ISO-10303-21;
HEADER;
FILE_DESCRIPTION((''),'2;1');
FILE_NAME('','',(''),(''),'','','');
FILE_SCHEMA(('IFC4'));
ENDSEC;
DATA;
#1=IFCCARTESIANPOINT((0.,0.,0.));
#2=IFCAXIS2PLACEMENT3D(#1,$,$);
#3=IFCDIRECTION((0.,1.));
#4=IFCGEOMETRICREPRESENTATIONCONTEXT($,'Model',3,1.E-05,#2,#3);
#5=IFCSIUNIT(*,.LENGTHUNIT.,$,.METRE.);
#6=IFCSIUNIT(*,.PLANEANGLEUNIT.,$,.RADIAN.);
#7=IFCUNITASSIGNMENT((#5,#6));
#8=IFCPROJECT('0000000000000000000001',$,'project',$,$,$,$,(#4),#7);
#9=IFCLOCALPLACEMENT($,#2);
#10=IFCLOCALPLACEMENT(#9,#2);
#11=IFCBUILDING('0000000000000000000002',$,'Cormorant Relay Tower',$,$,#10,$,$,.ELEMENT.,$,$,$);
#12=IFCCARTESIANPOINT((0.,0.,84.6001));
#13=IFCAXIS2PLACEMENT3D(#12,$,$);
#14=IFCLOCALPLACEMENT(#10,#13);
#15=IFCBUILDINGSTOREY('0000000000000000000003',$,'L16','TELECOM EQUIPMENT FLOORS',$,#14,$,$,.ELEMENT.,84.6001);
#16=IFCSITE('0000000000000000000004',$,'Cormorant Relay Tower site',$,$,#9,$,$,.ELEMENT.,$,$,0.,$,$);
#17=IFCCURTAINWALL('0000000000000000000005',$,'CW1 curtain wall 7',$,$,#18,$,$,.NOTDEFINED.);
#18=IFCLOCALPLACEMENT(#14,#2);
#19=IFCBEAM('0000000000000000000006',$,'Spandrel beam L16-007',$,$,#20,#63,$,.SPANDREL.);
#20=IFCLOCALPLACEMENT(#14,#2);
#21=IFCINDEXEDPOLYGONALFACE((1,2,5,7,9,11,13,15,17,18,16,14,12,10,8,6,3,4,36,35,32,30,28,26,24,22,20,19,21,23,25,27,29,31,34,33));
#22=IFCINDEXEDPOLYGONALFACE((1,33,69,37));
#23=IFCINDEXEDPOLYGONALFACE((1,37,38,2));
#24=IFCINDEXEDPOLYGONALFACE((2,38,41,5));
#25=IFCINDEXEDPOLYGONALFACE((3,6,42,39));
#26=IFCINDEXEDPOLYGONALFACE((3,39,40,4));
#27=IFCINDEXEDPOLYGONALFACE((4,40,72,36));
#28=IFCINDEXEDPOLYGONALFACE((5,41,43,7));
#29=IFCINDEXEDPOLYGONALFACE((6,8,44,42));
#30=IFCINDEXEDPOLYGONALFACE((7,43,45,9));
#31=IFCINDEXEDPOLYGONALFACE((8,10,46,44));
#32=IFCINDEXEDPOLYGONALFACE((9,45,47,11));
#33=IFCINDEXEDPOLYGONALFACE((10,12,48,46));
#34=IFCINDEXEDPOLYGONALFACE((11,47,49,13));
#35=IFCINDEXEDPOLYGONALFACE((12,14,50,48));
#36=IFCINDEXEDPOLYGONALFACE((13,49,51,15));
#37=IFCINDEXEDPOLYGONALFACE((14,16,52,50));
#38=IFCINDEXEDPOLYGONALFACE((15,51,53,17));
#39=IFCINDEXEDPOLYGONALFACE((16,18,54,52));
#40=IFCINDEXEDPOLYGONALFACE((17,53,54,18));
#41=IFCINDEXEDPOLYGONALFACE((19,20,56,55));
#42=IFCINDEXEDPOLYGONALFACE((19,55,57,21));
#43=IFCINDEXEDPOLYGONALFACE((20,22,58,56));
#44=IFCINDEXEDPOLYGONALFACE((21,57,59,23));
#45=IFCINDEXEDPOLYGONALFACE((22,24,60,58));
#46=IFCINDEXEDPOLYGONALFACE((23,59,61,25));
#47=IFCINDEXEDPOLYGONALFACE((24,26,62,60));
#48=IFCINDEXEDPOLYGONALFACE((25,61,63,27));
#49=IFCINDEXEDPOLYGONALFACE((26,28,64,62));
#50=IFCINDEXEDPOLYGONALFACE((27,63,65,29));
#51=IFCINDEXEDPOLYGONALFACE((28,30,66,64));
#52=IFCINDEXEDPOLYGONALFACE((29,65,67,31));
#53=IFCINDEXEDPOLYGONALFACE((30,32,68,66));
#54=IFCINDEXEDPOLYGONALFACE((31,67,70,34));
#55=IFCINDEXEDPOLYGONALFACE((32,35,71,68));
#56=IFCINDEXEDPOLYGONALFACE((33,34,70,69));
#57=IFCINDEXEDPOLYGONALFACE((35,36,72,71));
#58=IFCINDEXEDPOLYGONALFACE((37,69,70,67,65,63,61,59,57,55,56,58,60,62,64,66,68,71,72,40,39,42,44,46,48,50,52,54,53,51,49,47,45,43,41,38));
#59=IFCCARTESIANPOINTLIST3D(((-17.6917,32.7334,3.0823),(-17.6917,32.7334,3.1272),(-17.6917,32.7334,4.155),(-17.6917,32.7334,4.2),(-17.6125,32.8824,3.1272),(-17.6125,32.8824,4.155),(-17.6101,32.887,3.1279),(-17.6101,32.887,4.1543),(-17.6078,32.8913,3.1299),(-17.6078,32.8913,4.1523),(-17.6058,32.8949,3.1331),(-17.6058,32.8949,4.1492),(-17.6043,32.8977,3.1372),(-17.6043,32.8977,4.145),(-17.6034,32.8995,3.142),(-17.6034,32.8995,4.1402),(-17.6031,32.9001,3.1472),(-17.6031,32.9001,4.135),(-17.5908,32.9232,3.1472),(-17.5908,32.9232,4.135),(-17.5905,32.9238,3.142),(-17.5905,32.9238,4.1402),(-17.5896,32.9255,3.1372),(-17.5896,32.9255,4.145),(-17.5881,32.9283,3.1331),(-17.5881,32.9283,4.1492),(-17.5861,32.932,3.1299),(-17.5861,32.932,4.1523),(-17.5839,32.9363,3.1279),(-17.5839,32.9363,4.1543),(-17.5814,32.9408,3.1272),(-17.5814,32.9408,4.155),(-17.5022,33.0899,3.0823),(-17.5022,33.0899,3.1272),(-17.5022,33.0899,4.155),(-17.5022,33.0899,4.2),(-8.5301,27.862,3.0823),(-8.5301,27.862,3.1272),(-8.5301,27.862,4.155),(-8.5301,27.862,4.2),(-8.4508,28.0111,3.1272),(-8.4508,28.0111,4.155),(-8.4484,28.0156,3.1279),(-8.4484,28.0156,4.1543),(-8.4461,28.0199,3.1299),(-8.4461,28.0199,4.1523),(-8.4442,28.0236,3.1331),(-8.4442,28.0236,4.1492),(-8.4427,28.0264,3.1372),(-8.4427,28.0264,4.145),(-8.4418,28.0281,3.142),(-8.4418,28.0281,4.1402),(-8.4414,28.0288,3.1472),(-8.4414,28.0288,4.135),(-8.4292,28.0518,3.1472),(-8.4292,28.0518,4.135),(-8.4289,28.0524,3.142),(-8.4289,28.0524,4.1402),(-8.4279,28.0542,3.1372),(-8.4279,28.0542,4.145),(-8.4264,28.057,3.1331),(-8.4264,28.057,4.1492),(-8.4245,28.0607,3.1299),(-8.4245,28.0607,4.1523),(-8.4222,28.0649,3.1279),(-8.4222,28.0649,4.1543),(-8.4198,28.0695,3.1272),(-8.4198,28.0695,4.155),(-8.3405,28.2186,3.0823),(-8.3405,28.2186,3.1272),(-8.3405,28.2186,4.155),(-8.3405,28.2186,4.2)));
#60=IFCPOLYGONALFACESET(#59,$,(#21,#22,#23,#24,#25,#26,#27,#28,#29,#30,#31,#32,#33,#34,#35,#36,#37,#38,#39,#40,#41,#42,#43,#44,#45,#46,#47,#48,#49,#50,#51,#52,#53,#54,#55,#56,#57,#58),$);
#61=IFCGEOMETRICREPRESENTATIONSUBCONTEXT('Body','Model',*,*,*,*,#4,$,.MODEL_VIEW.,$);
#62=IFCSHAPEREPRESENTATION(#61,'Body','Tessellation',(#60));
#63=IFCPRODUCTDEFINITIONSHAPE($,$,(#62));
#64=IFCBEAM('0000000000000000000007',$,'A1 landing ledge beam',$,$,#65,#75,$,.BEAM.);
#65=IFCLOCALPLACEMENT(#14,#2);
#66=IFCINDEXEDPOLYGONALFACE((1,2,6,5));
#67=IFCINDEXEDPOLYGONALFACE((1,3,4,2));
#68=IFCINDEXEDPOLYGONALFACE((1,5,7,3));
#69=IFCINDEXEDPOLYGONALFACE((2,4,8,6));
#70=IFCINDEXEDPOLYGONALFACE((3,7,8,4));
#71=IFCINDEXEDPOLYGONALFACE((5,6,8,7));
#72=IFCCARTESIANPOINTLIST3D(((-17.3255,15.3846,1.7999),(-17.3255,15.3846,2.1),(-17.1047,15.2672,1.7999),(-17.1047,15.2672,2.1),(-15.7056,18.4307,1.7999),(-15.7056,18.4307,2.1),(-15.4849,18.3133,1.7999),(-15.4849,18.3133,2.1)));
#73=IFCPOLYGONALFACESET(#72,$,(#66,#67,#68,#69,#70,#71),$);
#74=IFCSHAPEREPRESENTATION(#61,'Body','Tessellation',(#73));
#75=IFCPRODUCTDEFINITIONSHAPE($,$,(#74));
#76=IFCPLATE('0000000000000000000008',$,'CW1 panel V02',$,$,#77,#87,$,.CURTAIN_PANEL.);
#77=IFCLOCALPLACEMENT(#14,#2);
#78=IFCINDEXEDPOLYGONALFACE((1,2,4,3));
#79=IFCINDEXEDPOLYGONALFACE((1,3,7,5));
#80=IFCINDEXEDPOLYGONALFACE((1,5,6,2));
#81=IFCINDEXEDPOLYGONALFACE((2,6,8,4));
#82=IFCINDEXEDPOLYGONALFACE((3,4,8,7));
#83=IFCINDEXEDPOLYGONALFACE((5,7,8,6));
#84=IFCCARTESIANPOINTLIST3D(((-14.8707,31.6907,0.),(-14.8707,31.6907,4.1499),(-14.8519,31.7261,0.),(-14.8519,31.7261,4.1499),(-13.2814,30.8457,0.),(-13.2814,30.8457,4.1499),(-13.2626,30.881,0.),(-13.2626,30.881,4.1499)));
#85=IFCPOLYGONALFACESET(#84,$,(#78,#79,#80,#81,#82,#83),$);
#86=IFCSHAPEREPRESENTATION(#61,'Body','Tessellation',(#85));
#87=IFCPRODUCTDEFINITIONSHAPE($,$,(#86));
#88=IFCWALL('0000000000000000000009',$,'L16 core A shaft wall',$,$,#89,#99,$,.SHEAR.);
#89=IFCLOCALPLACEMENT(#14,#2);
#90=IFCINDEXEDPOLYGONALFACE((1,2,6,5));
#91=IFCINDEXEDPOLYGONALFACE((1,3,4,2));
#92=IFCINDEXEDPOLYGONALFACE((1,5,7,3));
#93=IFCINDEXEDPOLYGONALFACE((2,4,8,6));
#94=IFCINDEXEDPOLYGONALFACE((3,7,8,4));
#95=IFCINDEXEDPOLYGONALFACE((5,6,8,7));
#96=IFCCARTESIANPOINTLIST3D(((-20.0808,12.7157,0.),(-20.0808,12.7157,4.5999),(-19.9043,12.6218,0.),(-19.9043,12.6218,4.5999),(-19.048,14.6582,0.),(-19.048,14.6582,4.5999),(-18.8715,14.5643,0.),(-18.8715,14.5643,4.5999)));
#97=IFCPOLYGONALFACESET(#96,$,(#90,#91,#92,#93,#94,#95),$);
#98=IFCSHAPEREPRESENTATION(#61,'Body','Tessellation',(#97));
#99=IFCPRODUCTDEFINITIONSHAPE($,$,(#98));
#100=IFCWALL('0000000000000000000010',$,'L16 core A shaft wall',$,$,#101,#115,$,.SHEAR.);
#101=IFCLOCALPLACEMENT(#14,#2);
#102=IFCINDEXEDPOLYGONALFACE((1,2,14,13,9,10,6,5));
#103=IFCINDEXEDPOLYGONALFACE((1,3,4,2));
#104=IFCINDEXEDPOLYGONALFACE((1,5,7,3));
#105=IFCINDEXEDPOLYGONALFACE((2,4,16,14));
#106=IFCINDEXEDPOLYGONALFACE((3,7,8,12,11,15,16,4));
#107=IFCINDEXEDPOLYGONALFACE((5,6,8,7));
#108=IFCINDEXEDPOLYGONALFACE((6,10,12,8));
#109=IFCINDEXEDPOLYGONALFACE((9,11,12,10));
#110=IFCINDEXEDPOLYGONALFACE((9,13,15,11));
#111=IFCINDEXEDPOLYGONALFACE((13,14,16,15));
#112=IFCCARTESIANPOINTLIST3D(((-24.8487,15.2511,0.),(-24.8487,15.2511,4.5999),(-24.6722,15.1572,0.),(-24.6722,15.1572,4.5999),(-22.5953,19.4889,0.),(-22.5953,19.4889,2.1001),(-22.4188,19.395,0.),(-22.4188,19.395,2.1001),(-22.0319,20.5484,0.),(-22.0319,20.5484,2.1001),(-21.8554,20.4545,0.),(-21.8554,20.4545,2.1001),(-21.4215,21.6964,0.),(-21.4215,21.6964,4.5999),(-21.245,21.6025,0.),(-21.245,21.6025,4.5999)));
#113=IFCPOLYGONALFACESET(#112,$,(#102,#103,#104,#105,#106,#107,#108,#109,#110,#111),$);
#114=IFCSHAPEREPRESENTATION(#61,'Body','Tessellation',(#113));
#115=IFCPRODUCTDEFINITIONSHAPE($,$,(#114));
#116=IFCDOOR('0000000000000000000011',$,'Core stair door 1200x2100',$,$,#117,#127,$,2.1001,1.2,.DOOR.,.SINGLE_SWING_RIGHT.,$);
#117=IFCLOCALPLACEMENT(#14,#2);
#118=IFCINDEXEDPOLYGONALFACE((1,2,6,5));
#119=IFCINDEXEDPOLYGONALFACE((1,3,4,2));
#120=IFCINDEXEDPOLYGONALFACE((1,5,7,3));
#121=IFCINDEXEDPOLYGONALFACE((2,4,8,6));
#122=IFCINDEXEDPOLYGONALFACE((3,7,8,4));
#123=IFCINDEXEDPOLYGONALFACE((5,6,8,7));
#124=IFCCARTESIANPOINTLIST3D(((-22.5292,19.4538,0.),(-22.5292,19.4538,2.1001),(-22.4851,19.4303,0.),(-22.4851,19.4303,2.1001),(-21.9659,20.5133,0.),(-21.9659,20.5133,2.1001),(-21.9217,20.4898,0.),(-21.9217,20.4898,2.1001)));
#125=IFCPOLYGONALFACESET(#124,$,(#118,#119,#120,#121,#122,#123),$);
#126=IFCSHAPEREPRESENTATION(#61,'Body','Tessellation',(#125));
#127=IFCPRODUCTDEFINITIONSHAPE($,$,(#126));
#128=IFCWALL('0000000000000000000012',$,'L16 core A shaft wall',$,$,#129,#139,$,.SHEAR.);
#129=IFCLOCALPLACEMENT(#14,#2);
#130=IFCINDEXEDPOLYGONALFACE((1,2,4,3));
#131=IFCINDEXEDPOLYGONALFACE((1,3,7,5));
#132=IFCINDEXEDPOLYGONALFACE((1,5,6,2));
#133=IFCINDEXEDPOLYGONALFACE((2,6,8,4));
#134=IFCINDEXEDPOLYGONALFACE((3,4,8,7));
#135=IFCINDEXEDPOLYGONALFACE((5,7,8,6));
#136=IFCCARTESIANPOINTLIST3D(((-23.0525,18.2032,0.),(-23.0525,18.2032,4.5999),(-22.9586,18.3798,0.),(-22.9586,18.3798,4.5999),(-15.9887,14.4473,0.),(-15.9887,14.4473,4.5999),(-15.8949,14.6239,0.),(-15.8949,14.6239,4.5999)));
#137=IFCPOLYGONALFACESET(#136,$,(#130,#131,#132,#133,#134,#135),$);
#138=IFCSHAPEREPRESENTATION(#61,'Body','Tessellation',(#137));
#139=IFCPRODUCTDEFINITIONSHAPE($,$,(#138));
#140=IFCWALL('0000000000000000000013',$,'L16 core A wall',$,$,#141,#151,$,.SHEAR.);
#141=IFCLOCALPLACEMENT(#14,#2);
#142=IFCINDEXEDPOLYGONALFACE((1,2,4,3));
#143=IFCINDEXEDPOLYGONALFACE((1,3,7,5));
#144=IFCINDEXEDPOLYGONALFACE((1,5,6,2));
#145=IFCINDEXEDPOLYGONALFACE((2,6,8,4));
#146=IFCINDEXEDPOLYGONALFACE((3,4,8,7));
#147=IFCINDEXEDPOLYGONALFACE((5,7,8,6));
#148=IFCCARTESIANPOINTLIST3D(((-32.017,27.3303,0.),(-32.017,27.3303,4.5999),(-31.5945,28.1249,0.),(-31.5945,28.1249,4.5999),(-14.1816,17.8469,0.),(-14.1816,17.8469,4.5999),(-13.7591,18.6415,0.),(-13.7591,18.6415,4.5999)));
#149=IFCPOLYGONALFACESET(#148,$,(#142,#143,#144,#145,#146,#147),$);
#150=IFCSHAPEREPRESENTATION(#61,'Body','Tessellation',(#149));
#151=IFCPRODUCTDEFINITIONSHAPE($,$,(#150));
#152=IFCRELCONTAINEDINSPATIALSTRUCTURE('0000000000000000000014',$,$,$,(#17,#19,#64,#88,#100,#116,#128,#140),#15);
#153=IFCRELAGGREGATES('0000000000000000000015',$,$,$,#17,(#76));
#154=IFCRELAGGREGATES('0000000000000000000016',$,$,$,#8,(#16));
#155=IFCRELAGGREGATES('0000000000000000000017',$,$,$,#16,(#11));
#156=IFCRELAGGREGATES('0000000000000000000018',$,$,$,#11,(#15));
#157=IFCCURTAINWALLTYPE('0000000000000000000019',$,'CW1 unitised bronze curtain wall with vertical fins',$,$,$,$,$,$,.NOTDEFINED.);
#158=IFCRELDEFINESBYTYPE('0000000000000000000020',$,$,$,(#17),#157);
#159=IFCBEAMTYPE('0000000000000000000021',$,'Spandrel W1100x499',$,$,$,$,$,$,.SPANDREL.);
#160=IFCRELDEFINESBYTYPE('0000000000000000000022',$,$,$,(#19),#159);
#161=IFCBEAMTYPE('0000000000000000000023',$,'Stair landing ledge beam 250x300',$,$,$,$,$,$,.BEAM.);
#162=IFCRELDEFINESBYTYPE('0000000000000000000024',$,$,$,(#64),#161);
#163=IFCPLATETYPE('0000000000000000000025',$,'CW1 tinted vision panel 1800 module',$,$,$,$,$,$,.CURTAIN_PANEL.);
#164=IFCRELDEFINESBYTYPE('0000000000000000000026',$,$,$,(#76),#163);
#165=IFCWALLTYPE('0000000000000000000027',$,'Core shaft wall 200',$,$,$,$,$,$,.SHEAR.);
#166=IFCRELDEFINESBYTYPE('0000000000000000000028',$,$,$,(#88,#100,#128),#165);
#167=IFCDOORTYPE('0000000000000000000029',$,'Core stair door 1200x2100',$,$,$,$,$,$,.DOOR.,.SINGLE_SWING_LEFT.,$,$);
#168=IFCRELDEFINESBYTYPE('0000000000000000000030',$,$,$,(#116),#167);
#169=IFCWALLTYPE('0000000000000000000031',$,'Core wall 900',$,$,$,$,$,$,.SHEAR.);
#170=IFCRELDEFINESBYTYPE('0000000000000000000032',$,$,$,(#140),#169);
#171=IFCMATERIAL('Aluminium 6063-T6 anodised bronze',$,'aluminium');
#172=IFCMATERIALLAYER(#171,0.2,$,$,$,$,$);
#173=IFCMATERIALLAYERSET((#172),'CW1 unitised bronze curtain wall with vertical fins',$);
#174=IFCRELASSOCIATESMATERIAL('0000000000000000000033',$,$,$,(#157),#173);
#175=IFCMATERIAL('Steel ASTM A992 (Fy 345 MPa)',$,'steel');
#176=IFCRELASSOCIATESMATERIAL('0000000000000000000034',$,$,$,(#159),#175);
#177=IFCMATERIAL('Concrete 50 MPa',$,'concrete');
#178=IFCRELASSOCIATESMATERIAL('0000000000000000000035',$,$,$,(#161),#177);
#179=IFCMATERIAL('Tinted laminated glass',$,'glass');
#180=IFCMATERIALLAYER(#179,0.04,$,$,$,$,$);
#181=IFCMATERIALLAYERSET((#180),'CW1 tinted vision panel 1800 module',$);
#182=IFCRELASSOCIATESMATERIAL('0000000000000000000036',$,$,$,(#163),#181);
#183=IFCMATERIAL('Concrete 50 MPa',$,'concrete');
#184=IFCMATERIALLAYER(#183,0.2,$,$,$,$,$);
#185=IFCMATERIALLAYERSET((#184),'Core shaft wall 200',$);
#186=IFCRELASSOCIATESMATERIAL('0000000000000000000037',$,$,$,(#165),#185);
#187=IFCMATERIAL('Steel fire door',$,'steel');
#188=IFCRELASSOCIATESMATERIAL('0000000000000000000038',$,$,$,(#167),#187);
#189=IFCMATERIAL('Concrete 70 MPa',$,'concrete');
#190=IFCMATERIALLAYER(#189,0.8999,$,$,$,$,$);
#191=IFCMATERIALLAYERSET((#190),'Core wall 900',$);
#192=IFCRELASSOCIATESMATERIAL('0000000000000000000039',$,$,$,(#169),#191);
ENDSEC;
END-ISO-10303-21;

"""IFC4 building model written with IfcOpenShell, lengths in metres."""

from ifc_helpers import new_model, si_unit, direction, frame, frame_2d, origin, origin_2d, place, context, subcontext, project, spatial, rectangle, i_section, extrude, material, layer, layer_set, material_profile, profile_set, type_object, element, fill, aggregate, save


model = new_model("IFC4")

# Units and contexts
model_context = context("Model", 3, precision=1e-05, world=origin(), true_north=direction((0.0, 1.0)))
body_context = subcontext(model_context, "Body", "Model", "MODEL_VIEW")
ifc_project = project(units=[si_unit("LENGTHUNIT", "METRE"), si_unit("PLANEANGLEUNIT", "RADIAN")], contexts=[model_context])

# Site, building, storey
site_placement = place(None, origin())
site = spatial("IfcSite", under=ifc_project, at=site_placement, Name="Cormorant Relay Tower site", CompositionType="ELEMENT", RefElevation=0.0)
building_placement = place(site_placement, origin())
building = spatial("IfcBuilding", under=site, at=building_placement, Name="Cormorant Relay Tower", CompositionType="ELEMENT")
storey_placement = place(building_placement, frame((0.0, 0.0, 84.6001)))
storey = spatial("IfcBuildingStorey", under=building, at=storey_placement, Name="L16", Description="TELECOM EQUIPMENT FLOORS", CompositionType="ELEMENT", Elevation=84.6001)

# Curtain wall
ifc_material_1 = material(Name="Aluminium 6063-T6 anodised bronze", Category="aluminium")
ifc_layer_1 = layer(ifc_material_1, 0.2)
ifc_layer_set_1 = layer_set([ifc_layer_1], Name="CW1 unitised bronze curtain wall with vertical fins")
curtain_wall_type = type_object("IfcCurtainWallType", Name="CW1 unitised bronze curtain wall with vertical fins", PredefinedType="NOTDEFINED", material=ifc_layer_set_1)
curtain_wall_placement = place(storey_placement, origin())
curtain_wall = element("IfcCurtainWall", 1, at=curtain_wall_placement, inside=storey, type_object=curtain_wall_type, Name="CW1 curtain wall 7", PredefinedType="NOTDEFINED")

# Beams
ifc_material_2 = material(Name="Steel ASTM A992 (Fy 345 MPa)", Category="steel")
ifc_material_profile_1 = material_profile(ifc_material_2, i_section(OverallWidth=0.4038, OverallDepth=1.1177, WebThickness=0.0261, FlangeThickness=0.0449, FilletRadius=0.02, at=origin_2d()), Name="W1100x499")
ifc_profile_set_1 = profile_set([ifc_material_profile_1], Name="Steel ASTM A992 (Fy 345 MPa)")
beam_type_1 = type_object("IfcBeamType", Name="Spandrel W1100x499", PredefinedType="SPANDREL", material=ifc_profile_set_1)
beam_1_placement = place(storey_placement, frame((-8.4353, 28.0403, 3.6411), z_axis=(-0.882947, 0.469473, 0.0), x_axis=(-0.469473, -0.882947, 0.0)))
element("IfcBeam", 2, at=beam_1_placement, inside=storey, type_object=beam_type_1, Name="Spandrel beam L16-007", PredefinedType="SPANDREL", context=body_context, shape_type="SweptSolid", body=[
    extrude(i_section(OverallWidth=0.4038, OverallDepth=1.1177, WebThickness=0.0261, FlangeThickness=0.0449, FilletRadius=0.02, at=origin_2d()), origin(), (0.0, 0.0, 1.0), 10.3762),
])
ifc_material_3 = material(Name="Concrete 50 MPa", Category="concrete")
ifc_material_profile_2 = material_profile(ifc_material_3, rectangle(XDim=0.25, YDim=0.3, at=origin_2d()), Name="RC 250x300")
ifc_profile_set_2 = profile_set([ifc_material_profile_2], Name="Concrete 50 MPa")
beam_type_2 = type_object("IfcBeamType", Name="Stair landing ledge beam 250x300", PredefinedType="BEAM", material=ifc_profile_set_2)
beam_2_placement = place(storey_placement, frame((-17.2151, 15.3259, 1.95), z_axis=(0.469519, 0.882922, 0.0), x_axis=(-0.882922, 0.469519, 0.0)))
element("IfcBeam", 3, at=beam_2_placement, inside=storey, type_object=beam_type_2, Name="A1 landing ledge beam", PredefinedType="BEAM", context=body_context, shape_type="SweptSolid", body=[
    extrude(rectangle(XDim=0.25, YDim=0.3, at=origin_2d()), origin(), (0.0, 0.0, 1.0), 3.45),
])

# Plate
ifc_material_4 = material(Name="Tinted laminated glass", Category="glass")
ifc_layer_2 = layer(ifc_material_4, 0.04)
ifc_layer_set_2 = layer_set([ifc_layer_2], Name="CW1 tinted vision panel 1800 module")
plate_type = type_object("IfcPlateType", Name="CW1 tinted vision panel 1800 module", PredefinedType="CURTAIN_PANEL", material=ifc_layer_set_2)
plate_placement = place(storey_placement, frame((-14.0667, 31.2859, 0.0), z_axis=(0.0, 0.0, 1.0), x_axis=(-0.882948, 0.469472, 0.0)))
plate = element("IfcPlate", 4, at=plate_placement, type_object=plate_type, Name="CW1 panel V02", PredefinedType="CURTAIN_PANEL", context=body_context, shape_type="SweptSolid", body=[
    extrude(rectangle(XDim=1.8, YDim=0.04, at=origin_2d()), origin(), (0.0, 0.0, 1.0), 4.1499),
])

# Wall
ifc_material_5 = material(Name="Concrete 50 MPa", Category="concrete")
ifc_layer_3 = layer(ifc_material_5, 0.2)
ifc_layer_set_3 = layer_set([ifc_layer_3], Name="Core shaft wall 200")
wall_type_1 = type_object("IfcWallType", Name="Core shaft wall 200", PredefinedType="SHEAR", material=ifc_layer_set_3)
wall_1_placement = place(storey_placement, frame((-18.9597, 14.6113, 0.0), z_axis=(0.0, 0.0, 1.0), x_axis=(-0.469447, -0.88296, 0.0)))
element("IfcWall", 5, at=wall_1_placement, inside=storey, type_object=wall_type_1, Name="L16 core A shaft wall", PredefinedType="SHEAR", context=body_context, shape_type="SweptSolid", body=[
    extrude(rectangle(XDim=2.2, YDim=0.2, at=frame_2d((1.1001, 0.0))), origin(), (0.0, 0.0, 1.0), 4.5999),
])

# Wall, opening, door
wall_2_placement = place(storey_placement, frame((-21.3333, 21.6494, 0.0), z_axis=(0.0, 0.0, 1.0), x_axis=(-0.469494, -0.882936, 0.0)))
wall_2 = element("IfcWall", 6, at=wall_2_placement, inside=storey, type_object=wall_type_1, Name="L16 core A shaft wall", PredefinedType="SHEAR", context=body_context, shape_type="SweptSolid", body=[
    extrude(rectangle(XDim=7.2998, YDim=0.2, at=frame_2d((3.6499, 0.0))), origin(), (0.0, 0.0, 1.0), 4.5999),
])
opening_1_placement = place(wall_2_placement, frame((1.3, 0.0, 0.0)))
opening_1 = element("IfcOpeningElement", 7, at=opening_1_placement, cuts=wall_2, PredefinedType="OPENING", context=body_context, shape_type="SweptSolid", body=[
    extrude(rectangle(XDim=1.2, YDim=2.1001, at=frame_2d((0.6001, 1.05))), frame((0.0, 0.1099, 0.0), z_axis=(0.0, -1.0, 0.0), x_axis=(1.0, 0.0, 0.0)), (0.0, 0.0, 1.0), 0.22),
])
ifc_material_6 = material(Name="Steel fire door", Category="steel")
door_type_1 = type_object("IfcDoorType", Name="Core stair door 1200x2100", OperationType="SINGLE_SWING_LEFT", PredefinedType="DOOR", material=ifc_material_6)
door_1_placement = place(opening_1_placement, origin())
door_1 = element("IfcDoor", 8, at=door_1_placement, inside=storey, type_object=door_type_1, Name="Core stair door 1200x2100", OperationType="SINGLE_SWING_RIGHT", OverallHeight=2.1001, OverallWidth=1.2, PredefinedType="DOOR", context=body_context, shape_type="SweptSolid", body=[
    extrude(rectangle(XDim=1.2, YDim=2.1001, at=frame_2d((0.6001, 1.05))), frame((0.0, 0.0249, 0.0), z_axis=(0.0, -1.0, 0.0), x_axis=(1.0, 0.0, 0.0)), (0.0, 0.0, 1.0), 0.05),
])
fill(opening_1, door_1)

# Wall
wall_3_placement = place(storey_placement, frame((-15.9419, 14.5356, 0.0), z_axis=(0.0, 0.0, 1.0), x_axis=(-0.882947, 0.469473, 0.0)))
element("IfcWall", 9, at=wall_3_placement, inside=storey, type_object=wall_type_1, Name="L16 core A shaft wall", PredefinedType="SHEAR", context=body_context, shape_type="SweptSolid", body=[
    extrude(rectangle(XDim=8.0002, YDim=0.2, at=frame_2d((4.0, 0.0))), origin(), (0.0, 0.0, 1.0), 4.5999),
])

# Shared definitions
ifc_material_7 = material(Name="Concrete 70 MPa", Category="concrete")
ifc_layer_4 = layer(ifc_material_7, 0.8999)
ifc_layer_set_4 = layer_set([ifc_layer_4], Name="Core wall 900")
wall_type_2 = type_object("IfcWallType", Name="Core wall 900", PredefinedType="SHEAR", material=ifc_layer_set_4)

# Wall
wall_4_placement = place(storey_placement, frame((-13.9702, 18.2441, 0.0), z_axis=(0.0, 0.0, 1.0), x_axis=(-0.882945, 0.469476, 0.0)))
element("IfcWall", 10, at=wall_4_placement, inside=storey, type_object=wall_type_2, Name="L16 core A wall", PredefinedType="SHEAR", context=body_context, shape_type="SweptSolid", body=[
    extrude(rectangle(XDim=20.2, YDim=0.8999, at=frame_2d((10.1001, 0.0))), origin(), (0.0, 0.0, 1.0), 4.5999),
])

aggregate(curtain_wall, [plate])

save(model, "model.ifc")
